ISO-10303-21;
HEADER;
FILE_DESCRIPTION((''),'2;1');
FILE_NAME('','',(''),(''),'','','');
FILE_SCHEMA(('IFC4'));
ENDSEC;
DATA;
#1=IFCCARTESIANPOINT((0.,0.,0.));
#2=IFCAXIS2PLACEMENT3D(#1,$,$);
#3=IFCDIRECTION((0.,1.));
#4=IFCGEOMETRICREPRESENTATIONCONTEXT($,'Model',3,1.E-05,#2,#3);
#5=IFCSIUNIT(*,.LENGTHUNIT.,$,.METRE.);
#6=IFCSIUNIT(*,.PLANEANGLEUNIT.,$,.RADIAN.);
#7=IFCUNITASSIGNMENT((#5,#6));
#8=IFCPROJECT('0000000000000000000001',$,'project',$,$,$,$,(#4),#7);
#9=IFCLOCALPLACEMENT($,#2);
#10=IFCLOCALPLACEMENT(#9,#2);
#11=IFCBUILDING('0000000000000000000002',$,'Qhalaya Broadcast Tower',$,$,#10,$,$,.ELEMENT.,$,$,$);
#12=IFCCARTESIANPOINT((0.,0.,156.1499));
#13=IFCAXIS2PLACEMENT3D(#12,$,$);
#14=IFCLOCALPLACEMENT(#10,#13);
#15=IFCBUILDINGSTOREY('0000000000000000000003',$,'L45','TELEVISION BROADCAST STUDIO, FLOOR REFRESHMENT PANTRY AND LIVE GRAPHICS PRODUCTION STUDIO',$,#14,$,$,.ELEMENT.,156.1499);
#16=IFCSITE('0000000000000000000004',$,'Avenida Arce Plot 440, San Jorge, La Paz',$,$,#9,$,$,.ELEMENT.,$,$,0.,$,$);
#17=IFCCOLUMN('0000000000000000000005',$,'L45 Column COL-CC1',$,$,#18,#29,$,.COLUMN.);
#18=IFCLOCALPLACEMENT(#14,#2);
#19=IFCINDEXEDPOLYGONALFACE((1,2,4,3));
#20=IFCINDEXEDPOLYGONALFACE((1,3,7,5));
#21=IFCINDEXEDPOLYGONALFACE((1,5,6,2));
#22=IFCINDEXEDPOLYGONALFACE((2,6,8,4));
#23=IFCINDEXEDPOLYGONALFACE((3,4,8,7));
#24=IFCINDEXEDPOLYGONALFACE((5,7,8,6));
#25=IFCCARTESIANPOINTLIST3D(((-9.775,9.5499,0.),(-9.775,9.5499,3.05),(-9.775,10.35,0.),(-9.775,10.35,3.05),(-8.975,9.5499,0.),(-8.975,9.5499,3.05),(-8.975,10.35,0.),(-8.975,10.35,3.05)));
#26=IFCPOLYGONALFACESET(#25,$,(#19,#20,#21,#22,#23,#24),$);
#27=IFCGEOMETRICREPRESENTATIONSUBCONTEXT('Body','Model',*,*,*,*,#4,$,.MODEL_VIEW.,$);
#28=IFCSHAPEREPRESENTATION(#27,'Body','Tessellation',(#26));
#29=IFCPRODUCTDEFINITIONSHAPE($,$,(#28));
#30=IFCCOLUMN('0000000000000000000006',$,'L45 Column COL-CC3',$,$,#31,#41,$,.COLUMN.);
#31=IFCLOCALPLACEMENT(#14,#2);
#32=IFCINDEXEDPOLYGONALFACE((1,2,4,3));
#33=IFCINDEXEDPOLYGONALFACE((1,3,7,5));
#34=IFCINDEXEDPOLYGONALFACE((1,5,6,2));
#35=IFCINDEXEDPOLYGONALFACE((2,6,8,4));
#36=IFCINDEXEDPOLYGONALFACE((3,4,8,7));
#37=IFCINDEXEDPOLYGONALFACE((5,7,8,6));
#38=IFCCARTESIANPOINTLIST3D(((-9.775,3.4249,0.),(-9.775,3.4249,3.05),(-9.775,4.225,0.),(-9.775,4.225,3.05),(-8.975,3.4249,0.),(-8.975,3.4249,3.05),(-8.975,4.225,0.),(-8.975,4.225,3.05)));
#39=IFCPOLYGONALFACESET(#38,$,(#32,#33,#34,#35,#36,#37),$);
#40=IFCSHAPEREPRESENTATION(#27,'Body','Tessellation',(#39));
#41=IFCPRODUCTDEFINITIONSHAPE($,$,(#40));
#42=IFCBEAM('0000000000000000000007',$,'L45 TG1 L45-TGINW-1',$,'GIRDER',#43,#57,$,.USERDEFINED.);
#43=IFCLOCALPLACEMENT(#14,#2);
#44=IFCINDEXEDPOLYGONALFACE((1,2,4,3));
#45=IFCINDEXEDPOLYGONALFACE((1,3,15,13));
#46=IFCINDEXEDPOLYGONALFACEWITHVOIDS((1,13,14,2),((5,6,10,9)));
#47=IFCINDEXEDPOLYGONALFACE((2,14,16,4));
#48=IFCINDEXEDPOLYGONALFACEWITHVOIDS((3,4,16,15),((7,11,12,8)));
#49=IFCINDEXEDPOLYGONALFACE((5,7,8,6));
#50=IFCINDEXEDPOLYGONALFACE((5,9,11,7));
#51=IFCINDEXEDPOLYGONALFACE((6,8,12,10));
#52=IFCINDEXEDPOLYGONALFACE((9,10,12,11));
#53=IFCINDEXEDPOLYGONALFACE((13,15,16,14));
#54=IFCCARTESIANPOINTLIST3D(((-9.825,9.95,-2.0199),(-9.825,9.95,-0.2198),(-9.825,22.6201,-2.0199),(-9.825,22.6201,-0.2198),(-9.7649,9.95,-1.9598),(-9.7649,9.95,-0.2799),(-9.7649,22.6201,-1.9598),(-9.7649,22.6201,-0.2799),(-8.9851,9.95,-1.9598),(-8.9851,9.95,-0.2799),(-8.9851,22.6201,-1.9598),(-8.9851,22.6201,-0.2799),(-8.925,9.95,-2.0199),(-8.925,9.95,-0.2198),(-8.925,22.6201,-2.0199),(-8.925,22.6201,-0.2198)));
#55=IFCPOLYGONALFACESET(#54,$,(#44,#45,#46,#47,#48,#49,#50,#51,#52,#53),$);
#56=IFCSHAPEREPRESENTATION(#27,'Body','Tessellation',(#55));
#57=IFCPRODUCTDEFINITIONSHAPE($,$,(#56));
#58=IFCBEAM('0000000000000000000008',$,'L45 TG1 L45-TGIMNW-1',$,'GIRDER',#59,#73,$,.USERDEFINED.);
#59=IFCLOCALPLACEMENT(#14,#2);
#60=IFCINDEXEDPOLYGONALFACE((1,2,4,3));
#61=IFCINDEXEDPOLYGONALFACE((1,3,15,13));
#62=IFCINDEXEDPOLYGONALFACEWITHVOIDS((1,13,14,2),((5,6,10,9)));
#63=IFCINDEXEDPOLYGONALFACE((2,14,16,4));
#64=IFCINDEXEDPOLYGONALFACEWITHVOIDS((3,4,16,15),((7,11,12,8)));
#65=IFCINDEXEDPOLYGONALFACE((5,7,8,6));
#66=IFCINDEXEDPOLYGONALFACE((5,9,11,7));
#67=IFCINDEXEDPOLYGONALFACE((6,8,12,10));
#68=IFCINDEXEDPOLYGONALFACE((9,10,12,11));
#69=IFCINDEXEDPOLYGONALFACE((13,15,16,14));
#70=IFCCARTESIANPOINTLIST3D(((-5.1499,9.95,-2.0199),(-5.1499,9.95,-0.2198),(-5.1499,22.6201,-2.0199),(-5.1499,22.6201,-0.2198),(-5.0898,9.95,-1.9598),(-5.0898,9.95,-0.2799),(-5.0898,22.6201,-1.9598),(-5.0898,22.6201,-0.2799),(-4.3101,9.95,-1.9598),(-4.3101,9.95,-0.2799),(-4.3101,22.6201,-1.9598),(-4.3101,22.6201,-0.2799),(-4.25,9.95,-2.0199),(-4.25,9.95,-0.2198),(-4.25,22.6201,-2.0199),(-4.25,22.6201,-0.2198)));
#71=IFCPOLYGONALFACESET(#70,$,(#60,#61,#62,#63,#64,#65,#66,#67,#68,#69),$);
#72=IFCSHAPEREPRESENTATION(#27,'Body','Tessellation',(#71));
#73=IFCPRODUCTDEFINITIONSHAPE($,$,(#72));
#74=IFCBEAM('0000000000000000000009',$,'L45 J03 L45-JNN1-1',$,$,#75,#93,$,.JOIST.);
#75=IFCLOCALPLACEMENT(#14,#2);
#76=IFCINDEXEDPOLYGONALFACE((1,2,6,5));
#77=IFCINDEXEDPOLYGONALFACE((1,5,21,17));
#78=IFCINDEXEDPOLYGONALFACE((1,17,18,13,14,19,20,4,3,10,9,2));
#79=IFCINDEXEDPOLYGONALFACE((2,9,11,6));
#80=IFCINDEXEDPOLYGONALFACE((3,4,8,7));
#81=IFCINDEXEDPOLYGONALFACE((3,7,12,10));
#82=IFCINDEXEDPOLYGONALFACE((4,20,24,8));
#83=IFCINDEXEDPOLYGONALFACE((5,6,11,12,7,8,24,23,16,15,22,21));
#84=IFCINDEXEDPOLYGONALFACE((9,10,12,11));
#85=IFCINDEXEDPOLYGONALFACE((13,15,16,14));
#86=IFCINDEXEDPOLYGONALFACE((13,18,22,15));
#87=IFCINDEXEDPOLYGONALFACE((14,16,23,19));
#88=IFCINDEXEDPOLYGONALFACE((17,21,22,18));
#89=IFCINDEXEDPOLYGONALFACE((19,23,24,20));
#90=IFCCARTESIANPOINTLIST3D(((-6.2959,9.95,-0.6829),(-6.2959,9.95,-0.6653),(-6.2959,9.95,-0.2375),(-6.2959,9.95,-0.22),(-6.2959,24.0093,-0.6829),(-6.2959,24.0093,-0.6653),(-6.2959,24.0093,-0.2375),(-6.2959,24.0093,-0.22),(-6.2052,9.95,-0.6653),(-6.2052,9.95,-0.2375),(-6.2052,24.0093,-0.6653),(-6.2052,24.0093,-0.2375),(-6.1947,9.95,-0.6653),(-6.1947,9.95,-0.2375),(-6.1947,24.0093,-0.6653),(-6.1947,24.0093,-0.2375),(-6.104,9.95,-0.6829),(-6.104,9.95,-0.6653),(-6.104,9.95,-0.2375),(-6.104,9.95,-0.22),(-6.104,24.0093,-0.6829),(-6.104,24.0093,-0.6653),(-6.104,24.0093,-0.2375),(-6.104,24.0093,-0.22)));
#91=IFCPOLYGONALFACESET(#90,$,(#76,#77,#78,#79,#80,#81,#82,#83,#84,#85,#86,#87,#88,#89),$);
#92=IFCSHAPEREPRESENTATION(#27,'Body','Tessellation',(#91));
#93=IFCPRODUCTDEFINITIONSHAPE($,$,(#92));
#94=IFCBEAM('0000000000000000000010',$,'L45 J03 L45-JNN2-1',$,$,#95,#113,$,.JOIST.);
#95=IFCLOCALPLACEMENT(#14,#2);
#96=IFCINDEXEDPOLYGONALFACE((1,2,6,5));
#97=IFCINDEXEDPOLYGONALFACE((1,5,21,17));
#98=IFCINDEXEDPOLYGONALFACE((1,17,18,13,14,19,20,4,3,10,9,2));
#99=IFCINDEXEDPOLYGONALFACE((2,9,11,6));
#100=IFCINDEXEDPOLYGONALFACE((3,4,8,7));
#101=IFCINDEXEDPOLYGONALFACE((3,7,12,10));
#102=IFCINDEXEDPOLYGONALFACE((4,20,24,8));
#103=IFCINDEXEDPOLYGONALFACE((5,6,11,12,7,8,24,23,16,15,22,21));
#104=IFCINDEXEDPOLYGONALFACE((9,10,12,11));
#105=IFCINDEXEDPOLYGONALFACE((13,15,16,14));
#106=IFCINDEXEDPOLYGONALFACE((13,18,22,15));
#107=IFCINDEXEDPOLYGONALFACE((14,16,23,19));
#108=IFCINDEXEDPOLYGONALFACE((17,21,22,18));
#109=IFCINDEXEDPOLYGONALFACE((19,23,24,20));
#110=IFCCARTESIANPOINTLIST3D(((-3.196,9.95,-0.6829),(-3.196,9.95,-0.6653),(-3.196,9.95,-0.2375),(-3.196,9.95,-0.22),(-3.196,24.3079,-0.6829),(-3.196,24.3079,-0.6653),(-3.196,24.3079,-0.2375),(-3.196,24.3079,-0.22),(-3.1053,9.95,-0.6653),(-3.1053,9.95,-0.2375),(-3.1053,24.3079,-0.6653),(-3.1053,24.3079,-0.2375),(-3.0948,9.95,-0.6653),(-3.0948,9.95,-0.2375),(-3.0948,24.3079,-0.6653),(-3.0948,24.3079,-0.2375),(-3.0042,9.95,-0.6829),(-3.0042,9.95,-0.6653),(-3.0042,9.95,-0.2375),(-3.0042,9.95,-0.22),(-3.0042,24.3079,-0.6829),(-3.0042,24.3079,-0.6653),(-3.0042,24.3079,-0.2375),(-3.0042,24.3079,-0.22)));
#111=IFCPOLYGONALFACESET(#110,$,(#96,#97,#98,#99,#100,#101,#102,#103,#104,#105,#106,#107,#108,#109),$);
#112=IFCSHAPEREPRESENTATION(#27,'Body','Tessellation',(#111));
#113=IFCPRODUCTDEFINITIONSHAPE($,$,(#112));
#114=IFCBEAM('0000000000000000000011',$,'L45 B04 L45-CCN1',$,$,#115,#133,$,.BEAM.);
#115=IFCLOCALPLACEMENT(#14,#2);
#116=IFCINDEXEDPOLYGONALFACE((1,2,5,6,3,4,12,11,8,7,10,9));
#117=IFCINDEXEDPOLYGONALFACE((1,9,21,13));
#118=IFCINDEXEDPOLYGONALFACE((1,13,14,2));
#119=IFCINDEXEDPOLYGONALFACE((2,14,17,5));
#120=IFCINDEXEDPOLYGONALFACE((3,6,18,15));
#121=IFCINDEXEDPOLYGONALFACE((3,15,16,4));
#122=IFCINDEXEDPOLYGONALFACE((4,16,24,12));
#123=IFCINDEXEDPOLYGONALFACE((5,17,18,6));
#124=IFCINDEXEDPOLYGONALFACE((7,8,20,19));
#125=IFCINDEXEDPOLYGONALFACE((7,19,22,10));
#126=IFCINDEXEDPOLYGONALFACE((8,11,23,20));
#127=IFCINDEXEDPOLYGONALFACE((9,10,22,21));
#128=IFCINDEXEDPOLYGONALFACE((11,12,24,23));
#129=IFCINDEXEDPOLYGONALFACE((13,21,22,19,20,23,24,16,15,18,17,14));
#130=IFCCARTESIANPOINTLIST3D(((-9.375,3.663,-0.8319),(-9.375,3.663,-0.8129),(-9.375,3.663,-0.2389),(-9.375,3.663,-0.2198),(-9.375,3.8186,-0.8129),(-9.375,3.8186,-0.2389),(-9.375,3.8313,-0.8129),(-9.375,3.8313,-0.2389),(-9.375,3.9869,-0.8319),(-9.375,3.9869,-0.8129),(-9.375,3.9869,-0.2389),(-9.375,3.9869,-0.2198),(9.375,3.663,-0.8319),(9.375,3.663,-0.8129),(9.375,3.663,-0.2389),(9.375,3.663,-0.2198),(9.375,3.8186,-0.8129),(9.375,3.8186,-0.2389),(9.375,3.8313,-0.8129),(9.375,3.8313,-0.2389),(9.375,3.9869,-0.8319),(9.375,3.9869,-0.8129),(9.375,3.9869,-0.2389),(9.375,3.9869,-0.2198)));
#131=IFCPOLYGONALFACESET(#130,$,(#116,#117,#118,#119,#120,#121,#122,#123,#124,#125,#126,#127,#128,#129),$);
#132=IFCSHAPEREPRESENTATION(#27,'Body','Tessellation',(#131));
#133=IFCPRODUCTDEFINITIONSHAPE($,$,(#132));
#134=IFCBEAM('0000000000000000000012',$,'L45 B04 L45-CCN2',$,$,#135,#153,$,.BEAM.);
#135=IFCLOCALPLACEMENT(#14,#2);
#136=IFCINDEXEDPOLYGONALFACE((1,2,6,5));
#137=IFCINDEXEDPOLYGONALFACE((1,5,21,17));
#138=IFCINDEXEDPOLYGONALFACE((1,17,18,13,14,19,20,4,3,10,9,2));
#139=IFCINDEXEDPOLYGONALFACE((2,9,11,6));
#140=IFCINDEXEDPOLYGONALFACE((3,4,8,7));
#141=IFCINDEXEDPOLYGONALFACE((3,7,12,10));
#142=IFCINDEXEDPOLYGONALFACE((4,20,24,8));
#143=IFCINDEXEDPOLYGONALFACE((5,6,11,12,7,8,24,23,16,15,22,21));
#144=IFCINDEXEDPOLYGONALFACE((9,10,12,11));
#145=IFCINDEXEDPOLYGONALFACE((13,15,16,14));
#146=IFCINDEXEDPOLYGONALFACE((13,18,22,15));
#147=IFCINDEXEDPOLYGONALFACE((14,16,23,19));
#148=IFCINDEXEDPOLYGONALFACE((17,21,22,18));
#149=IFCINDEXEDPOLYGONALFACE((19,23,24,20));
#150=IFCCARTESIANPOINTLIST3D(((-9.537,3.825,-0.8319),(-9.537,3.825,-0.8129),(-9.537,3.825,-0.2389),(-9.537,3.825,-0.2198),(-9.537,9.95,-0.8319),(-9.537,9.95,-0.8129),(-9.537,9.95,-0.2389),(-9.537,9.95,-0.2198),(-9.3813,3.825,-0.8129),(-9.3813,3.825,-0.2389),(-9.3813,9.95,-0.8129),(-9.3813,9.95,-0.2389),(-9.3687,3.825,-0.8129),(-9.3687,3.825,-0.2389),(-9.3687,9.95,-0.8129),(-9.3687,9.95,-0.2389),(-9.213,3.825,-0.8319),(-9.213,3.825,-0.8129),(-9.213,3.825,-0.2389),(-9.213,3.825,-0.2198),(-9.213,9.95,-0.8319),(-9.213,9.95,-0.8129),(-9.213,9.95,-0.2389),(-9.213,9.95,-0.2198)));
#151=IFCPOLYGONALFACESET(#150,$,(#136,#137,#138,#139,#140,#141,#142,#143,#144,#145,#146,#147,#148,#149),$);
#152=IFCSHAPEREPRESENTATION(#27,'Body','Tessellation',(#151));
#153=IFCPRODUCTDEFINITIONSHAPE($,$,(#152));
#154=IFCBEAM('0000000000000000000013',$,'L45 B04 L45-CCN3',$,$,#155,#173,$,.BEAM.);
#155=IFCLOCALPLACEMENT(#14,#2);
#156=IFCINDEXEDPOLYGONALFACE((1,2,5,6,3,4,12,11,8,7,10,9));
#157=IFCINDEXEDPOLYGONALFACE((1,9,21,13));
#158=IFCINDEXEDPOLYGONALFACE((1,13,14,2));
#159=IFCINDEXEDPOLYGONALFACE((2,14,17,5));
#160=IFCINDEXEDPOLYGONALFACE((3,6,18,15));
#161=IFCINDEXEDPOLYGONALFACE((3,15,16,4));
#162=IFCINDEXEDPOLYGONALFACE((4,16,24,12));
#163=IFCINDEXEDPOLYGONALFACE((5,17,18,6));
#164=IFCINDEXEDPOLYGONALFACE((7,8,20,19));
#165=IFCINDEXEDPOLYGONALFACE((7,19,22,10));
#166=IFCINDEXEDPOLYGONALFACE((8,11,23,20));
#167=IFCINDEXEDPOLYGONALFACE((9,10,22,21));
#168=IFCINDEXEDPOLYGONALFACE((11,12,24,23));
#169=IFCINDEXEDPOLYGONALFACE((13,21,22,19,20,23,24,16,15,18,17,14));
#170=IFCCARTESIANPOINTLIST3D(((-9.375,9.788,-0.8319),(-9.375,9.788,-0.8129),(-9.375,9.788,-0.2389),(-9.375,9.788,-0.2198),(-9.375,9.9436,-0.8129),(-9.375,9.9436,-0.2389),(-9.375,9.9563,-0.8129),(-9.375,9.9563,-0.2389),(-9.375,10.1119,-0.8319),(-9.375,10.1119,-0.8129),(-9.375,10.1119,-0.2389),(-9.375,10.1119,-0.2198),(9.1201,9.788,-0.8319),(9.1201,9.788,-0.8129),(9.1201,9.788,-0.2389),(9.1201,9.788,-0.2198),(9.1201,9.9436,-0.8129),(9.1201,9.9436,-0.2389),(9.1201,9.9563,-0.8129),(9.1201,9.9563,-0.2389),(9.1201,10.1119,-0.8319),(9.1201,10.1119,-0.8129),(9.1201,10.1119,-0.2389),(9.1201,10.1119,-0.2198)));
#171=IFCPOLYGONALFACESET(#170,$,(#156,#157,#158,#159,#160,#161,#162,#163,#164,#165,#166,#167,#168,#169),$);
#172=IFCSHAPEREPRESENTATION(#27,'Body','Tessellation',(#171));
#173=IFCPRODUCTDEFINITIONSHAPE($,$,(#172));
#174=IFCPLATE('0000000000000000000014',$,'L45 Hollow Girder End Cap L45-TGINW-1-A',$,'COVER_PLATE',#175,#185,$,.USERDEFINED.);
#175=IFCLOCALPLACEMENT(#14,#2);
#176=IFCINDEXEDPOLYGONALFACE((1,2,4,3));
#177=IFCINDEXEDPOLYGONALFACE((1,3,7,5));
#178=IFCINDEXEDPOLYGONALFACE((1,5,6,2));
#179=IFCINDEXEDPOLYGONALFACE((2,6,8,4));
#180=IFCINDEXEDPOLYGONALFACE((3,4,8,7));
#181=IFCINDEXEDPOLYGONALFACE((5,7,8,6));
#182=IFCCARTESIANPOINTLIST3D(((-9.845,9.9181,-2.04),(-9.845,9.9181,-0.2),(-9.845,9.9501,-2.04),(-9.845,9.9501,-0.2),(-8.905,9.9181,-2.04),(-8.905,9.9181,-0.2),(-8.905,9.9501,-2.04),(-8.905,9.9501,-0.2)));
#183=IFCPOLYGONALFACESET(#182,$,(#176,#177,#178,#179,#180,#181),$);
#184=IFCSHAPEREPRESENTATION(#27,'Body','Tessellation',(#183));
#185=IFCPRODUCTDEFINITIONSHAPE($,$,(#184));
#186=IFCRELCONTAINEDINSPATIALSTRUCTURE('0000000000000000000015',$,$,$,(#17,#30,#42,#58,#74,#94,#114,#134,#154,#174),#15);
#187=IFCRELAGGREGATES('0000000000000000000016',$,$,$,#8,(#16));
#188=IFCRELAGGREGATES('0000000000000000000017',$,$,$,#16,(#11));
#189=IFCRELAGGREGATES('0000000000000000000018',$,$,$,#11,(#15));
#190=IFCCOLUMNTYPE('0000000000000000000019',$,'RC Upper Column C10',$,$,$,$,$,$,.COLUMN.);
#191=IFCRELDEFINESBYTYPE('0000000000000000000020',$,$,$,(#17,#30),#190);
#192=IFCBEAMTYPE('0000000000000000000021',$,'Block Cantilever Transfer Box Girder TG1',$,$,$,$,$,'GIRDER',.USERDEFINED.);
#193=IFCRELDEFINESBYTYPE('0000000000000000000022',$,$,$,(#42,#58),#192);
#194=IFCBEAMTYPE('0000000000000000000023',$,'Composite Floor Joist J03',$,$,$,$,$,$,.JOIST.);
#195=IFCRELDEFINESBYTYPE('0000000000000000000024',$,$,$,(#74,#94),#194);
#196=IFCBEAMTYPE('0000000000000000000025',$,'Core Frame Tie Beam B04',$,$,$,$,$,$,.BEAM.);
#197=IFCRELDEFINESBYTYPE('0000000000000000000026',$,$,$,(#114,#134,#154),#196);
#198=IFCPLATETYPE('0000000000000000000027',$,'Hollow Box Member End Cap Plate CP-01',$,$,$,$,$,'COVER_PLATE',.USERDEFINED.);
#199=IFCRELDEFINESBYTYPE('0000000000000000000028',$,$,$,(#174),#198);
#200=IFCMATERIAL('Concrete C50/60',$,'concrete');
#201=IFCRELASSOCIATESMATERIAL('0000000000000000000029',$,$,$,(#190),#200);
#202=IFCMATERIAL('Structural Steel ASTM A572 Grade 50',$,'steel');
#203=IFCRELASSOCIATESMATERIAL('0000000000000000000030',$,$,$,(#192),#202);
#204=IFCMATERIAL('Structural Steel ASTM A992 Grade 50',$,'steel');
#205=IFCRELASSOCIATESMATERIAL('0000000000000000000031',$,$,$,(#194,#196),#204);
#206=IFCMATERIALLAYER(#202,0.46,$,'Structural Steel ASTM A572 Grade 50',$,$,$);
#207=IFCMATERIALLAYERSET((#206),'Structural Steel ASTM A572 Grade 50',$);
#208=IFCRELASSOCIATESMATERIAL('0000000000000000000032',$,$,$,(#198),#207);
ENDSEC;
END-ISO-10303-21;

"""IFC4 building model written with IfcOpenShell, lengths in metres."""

from ifc_helpers import new_model, si_unit, direction, frame, origin, origin_2d, place, context, subcontext, project, spatial, rectangle, hollow_rectangle, i_section, extrude, material, layer, layer_set, material_profile, profile_set, type_object, element, save


model = new_model("IFC4")

# Units and contexts
model_context = context("Model", 3, precision=1e-05, world=origin(), true_north=direction((0.0, 1.0)))
body_context = subcontext(model_context, "Body", "Model", "MODEL_VIEW")
ifc_project = project(units=[si_unit("LENGTHUNIT", "METRE"), si_unit("PLANEANGLEUNIT", "RADIAN")], contexts=[model_context])

# Site, building, storey
site_placement = place(None, origin())
site = spatial("IfcSite", under=ifc_project, at=site_placement, Name="Avenida Arce Plot 440, San Jorge, La Paz", CompositionType="ELEMENT", RefElevation=0.0)
building_placement = place(site_placement, origin())
building = spatial("IfcBuilding", under=site, at=building_placement, Name="Qhalaya Broadcast Tower", CompositionType="ELEMENT")
storey_placement = place(building_placement, frame((0.0, 0.0, 156.1499)))
storey = spatial("IfcBuildingStorey", under=building, at=storey_placement, Name="L45", Description="TELEVISION BROADCAST STUDIO, FLOOR REFRESHMENT PANTRY AND LIVE GRAPHICS PRODUCTION STUDIO", CompositionType="ELEMENT", Elevation=156.1499)

# Columns
ifc_material_1 = material(Name="Concrete C50/60", Category="concrete")
ifc_material_profile_1 = material_profile(ifc_material_1, rectangle(XDim=0.8, YDim=0.8, at=origin_2d()), Name="RC-COL 800x800")
ifc_profile_set_1 = profile_set([ifc_material_profile_1], Name="Concrete C50/60")
column_type = type_object("IfcColumnType", Name="RC Upper Column C10", PredefinedType="COLUMN", material=ifc_profile_set_1)
for number, where, z_axis, x_axis, name in (
    (1, (-9.375, 9.95, 0.0), (0.0, 0.0, 1.0), (1.0, 0.0, 0.0), "L45 Column COL-CC1"),
    (2, (-9.375, 3.825, 0.0), (0.0, 0.0, 1.0), (1.0, 0.0, 0.0), "L45 Column COL-CC3"),
):
    element("IfcColumn", number, at=place(storey_placement, frame(where, z_axis=z_axis, x_axis=x_axis)), inside=storey, type_object=column_type, Name=name, PredefinedType="COLUMN", context=body_context, shape_type="SweptSolid", body=[
        extrude(rectangle(XDim=0.8, YDim=0.8, at=origin_2d()), origin(), (0.0, 0.0, 1.0), 3.05),
    ])

# Beams
ifc_material_2 = material(Name="Structural Steel ASTM A572 Grade 50", Category="steel")
ifc_material_profile_2 = material_profile(ifc_material_2, hollow_rectangle(XDim=0.8999, YDim=1.8, WallThickness=0.0601, at=origin_2d()), Name="BOX 900x1800x60")
ifc_profile_set_2 = profile_set([ifc_material_profile_2], Name="Structural Steel ASTM A572 Grade 50")
beam_type_1 = type_object("IfcBeamType", Name="Block Cantilever Transfer Box Girder TG1", ElementType="GIRDER", PredefinedType="USERDEFINED", material=ifc_profile_set_2)
for number, where, z_axis, x_axis, name in (
    (3, (-9.375, 9.95, -1.1199), (0.0, 1.0, 0.0), (-1.0, 0.0, 0.0), "L45 TG1 L45-TGINW-1"),
    (4, (-4.7, 9.95, -1.1199), (0.0, 1.0, 0.0), (-1.0, 0.0, 0.0), "L45 TG1 L45-TGIMNW-1"),
):
    element("IfcBeam", number, at=place(storey_placement, frame(where, z_axis=z_axis, x_axis=x_axis)), inside=storey, type_object=beam_type_1, Name=name, ObjectType="GIRDER", PredefinedType="USERDEFINED", context=body_context, shape_type="SweptSolid", body=[
        extrude(hollow_rectangle(XDim=0.8999, YDim=1.8, WallThickness=0.0601, at=origin_2d()), origin(), (0.0, 0.0, 1.0), 12.6702),
    ])
ifc_material_3 = material(Name="Structural Steel ASTM A992 Grade 50", Category="steel")
ifc_material_profile_3 = material_profile(ifc_material_3, i_section(OverallWidth=0.1919, OverallDepth=0.4629, WebThickness=0.0105, FlangeThickness=0.0176, at=origin_2d()), Name="W18X60")
ifc_profile_set_3 = profile_set([ifc_material_profile_3], Name="Structural Steel ASTM A992 Grade 50")
beam_type_2 = type_object("IfcBeamType", Name="Composite Floor Joist J03", PredefinedType="JOIST", material=ifc_profile_set_3)
beam_1_placement = place(storey_placement, frame((-6.2, 9.95, -0.4514), z_axis=(0.0, 1.0, 0.0), x_axis=(-1.0, 0.0, 0.0)))
element("IfcBeam", 5, at=beam_1_placement, inside=storey, type_object=beam_type_2, Name="L45 J03 L45-JNN1-1", PredefinedType="JOIST", context=body_context, shape_type="SweptSolid", body=[
    extrude(i_section(OverallWidth=0.1919, OverallDepth=0.4629, WebThickness=0.0105, FlangeThickness=0.0176, at=origin_2d()), origin(), (0.0, 0.0, 1.0), 14.0593),
])
beam_2_placement = place(storey_placement, frame((-3.1001, 9.95, -0.4514), z_axis=(0.0, 1.0, 0.0), x_axis=(-1.0, 0.0, 0.0)))
element("IfcBeam", 6, at=beam_2_placement, inside=storey, type_object=beam_type_2, Name="L45 J03 L45-JNN2-1", PredefinedType="JOIST", context=body_context, shape_type="SweptSolid", body=[
    extrude(i_section(OverallWidth=0.1919, OverallDepth=0.4629, WebThickness=0.0105, FlangeThickness=0.0176, at=origin_2d()), origin(), (0.0, 0.0, 1.0), 14.3579),
])
ifc_material_profile_4 = material_profile(ifc_material_3, i_section(OverallWidth=0.324, OverallDepth=0.6121, WebThickness=0.0127, FlangeThickness=0.019, at=origin_2d()), Name="W24X104")
ifc_profile_set_4 = profile_set([ifc_material_profile_4], Name="Structural Steel ASTM A992 Grade 50")
beam_type_3 = type_object("IfcBeamType", Name="Core Frame Tie Beam B04", PredefinedType="BEAM", material=ifc_profile_set_4)
beam_3_placement = place(storey_placement, frame((-9.375, 3.825, -0.5259), z_axis=(1.0, 0.0, 0.0), x_axis=(0.0, 1.0, 0.0)))
element("IfcBeam", 7, at=beam_3_placement, inside=storey, type_object=beam_type_3, Name="L45 B04 L45-CCN1", PredefinedType="BEAM", context=body_context, shape_type="SweptSolid", body=[
    extrude(i_section(OverallWidth=0.324, OverallDepth=0.6121, WebThickness=0.0127, FlangeThickness=0.019, at=origin_2d()), origin(), (0.0, 0.0, 1.0), 18.75),
])
beam_4_placement = place(storey_placement, frame((-9.375, 3.825, -0.5259), z_axis=(0.0, 1.0, 0.0), x_axis=(-1.0, 0.0, 0.0)))
element("IfcBeam", 8, at=beam_4_placement, inside=storey, type_object=beam_type_3, Name="L45 B04 L45-CCN2", PredefinedType="BEAM", context=body_context, shape_type="SweptSolid", body=[
    extrude(i_section(OverallWidth=0.324, OverallDepth=0.6121, WebThickness=0.0127, FlangeThickness=0.019, at=origin_2d()), origin(), (0.0, 0.0, 1.0), 6.125),
])
beam_5_placement = place(storey_placement, frame((-9.375, 9.95, -0.5259), z_axis=(1.0, 0.0, 0.0), x_axis=(0.0, 1.0, 0.0)))
element("IfcBeam", 9, at=beam_5_placement, inside=storey, type_object=beam_type_3, Name="L45 B04 L45-CCN3", PredefinedType="BEAM", context=body_context, shape_type="SweptSolid", body=[
    extrude(i_section(OverallWidth=0.324, OverallDepth=0.6121, WebThickness=0.0127, FlangeThickness=0.019, at=origin_2d()), origin(), (0.0, 0.0, 1.0), 18.4951),
])

# Plate
ifc_layer_1 = layer(ifc_material_2, 0.46, Name="Structural Steel ASTM A572 Grade 50")
ifc_layer_set_1 = layer_set([ifc_layer_1], Name="Structural Steel ASTM A572 Grade 50")
plate_type = type_object("IfcPlateType", Name="Hollow Box Member End Cap Plate CP-01", ElementType="COVER_PLATE", PredefinedType="USERDEFINED", material=ifc_layer_set_1)
for number, where, z_axis, x_axis, name in (
    (10, (-9.375, 9.9341, -2.04), (0.0, 0.0, 1.0), (-1.0, 0.0, 0.0), "L45 Hollow Girder End Cap L45-TGINW-1-A"),
):
    element("IfcPlate", number, at=place(storey_placement, frame(where, z_axis=z_axis, x_axis=x_axis)), inside=storey, type_object=plate_type, Name=name, ObjectType="COVER_PLATE", PredefinedType="USERDEFINED", context=body_context, shape_type="SweptSolid", body=[
        extrude(rectangle(XDim=0.9399, YDim=0.032, at=origin_2d()), origin(), (0.0, 0.0, 1.0), 1.8401),
    ])

save(model, "model.ifc")
